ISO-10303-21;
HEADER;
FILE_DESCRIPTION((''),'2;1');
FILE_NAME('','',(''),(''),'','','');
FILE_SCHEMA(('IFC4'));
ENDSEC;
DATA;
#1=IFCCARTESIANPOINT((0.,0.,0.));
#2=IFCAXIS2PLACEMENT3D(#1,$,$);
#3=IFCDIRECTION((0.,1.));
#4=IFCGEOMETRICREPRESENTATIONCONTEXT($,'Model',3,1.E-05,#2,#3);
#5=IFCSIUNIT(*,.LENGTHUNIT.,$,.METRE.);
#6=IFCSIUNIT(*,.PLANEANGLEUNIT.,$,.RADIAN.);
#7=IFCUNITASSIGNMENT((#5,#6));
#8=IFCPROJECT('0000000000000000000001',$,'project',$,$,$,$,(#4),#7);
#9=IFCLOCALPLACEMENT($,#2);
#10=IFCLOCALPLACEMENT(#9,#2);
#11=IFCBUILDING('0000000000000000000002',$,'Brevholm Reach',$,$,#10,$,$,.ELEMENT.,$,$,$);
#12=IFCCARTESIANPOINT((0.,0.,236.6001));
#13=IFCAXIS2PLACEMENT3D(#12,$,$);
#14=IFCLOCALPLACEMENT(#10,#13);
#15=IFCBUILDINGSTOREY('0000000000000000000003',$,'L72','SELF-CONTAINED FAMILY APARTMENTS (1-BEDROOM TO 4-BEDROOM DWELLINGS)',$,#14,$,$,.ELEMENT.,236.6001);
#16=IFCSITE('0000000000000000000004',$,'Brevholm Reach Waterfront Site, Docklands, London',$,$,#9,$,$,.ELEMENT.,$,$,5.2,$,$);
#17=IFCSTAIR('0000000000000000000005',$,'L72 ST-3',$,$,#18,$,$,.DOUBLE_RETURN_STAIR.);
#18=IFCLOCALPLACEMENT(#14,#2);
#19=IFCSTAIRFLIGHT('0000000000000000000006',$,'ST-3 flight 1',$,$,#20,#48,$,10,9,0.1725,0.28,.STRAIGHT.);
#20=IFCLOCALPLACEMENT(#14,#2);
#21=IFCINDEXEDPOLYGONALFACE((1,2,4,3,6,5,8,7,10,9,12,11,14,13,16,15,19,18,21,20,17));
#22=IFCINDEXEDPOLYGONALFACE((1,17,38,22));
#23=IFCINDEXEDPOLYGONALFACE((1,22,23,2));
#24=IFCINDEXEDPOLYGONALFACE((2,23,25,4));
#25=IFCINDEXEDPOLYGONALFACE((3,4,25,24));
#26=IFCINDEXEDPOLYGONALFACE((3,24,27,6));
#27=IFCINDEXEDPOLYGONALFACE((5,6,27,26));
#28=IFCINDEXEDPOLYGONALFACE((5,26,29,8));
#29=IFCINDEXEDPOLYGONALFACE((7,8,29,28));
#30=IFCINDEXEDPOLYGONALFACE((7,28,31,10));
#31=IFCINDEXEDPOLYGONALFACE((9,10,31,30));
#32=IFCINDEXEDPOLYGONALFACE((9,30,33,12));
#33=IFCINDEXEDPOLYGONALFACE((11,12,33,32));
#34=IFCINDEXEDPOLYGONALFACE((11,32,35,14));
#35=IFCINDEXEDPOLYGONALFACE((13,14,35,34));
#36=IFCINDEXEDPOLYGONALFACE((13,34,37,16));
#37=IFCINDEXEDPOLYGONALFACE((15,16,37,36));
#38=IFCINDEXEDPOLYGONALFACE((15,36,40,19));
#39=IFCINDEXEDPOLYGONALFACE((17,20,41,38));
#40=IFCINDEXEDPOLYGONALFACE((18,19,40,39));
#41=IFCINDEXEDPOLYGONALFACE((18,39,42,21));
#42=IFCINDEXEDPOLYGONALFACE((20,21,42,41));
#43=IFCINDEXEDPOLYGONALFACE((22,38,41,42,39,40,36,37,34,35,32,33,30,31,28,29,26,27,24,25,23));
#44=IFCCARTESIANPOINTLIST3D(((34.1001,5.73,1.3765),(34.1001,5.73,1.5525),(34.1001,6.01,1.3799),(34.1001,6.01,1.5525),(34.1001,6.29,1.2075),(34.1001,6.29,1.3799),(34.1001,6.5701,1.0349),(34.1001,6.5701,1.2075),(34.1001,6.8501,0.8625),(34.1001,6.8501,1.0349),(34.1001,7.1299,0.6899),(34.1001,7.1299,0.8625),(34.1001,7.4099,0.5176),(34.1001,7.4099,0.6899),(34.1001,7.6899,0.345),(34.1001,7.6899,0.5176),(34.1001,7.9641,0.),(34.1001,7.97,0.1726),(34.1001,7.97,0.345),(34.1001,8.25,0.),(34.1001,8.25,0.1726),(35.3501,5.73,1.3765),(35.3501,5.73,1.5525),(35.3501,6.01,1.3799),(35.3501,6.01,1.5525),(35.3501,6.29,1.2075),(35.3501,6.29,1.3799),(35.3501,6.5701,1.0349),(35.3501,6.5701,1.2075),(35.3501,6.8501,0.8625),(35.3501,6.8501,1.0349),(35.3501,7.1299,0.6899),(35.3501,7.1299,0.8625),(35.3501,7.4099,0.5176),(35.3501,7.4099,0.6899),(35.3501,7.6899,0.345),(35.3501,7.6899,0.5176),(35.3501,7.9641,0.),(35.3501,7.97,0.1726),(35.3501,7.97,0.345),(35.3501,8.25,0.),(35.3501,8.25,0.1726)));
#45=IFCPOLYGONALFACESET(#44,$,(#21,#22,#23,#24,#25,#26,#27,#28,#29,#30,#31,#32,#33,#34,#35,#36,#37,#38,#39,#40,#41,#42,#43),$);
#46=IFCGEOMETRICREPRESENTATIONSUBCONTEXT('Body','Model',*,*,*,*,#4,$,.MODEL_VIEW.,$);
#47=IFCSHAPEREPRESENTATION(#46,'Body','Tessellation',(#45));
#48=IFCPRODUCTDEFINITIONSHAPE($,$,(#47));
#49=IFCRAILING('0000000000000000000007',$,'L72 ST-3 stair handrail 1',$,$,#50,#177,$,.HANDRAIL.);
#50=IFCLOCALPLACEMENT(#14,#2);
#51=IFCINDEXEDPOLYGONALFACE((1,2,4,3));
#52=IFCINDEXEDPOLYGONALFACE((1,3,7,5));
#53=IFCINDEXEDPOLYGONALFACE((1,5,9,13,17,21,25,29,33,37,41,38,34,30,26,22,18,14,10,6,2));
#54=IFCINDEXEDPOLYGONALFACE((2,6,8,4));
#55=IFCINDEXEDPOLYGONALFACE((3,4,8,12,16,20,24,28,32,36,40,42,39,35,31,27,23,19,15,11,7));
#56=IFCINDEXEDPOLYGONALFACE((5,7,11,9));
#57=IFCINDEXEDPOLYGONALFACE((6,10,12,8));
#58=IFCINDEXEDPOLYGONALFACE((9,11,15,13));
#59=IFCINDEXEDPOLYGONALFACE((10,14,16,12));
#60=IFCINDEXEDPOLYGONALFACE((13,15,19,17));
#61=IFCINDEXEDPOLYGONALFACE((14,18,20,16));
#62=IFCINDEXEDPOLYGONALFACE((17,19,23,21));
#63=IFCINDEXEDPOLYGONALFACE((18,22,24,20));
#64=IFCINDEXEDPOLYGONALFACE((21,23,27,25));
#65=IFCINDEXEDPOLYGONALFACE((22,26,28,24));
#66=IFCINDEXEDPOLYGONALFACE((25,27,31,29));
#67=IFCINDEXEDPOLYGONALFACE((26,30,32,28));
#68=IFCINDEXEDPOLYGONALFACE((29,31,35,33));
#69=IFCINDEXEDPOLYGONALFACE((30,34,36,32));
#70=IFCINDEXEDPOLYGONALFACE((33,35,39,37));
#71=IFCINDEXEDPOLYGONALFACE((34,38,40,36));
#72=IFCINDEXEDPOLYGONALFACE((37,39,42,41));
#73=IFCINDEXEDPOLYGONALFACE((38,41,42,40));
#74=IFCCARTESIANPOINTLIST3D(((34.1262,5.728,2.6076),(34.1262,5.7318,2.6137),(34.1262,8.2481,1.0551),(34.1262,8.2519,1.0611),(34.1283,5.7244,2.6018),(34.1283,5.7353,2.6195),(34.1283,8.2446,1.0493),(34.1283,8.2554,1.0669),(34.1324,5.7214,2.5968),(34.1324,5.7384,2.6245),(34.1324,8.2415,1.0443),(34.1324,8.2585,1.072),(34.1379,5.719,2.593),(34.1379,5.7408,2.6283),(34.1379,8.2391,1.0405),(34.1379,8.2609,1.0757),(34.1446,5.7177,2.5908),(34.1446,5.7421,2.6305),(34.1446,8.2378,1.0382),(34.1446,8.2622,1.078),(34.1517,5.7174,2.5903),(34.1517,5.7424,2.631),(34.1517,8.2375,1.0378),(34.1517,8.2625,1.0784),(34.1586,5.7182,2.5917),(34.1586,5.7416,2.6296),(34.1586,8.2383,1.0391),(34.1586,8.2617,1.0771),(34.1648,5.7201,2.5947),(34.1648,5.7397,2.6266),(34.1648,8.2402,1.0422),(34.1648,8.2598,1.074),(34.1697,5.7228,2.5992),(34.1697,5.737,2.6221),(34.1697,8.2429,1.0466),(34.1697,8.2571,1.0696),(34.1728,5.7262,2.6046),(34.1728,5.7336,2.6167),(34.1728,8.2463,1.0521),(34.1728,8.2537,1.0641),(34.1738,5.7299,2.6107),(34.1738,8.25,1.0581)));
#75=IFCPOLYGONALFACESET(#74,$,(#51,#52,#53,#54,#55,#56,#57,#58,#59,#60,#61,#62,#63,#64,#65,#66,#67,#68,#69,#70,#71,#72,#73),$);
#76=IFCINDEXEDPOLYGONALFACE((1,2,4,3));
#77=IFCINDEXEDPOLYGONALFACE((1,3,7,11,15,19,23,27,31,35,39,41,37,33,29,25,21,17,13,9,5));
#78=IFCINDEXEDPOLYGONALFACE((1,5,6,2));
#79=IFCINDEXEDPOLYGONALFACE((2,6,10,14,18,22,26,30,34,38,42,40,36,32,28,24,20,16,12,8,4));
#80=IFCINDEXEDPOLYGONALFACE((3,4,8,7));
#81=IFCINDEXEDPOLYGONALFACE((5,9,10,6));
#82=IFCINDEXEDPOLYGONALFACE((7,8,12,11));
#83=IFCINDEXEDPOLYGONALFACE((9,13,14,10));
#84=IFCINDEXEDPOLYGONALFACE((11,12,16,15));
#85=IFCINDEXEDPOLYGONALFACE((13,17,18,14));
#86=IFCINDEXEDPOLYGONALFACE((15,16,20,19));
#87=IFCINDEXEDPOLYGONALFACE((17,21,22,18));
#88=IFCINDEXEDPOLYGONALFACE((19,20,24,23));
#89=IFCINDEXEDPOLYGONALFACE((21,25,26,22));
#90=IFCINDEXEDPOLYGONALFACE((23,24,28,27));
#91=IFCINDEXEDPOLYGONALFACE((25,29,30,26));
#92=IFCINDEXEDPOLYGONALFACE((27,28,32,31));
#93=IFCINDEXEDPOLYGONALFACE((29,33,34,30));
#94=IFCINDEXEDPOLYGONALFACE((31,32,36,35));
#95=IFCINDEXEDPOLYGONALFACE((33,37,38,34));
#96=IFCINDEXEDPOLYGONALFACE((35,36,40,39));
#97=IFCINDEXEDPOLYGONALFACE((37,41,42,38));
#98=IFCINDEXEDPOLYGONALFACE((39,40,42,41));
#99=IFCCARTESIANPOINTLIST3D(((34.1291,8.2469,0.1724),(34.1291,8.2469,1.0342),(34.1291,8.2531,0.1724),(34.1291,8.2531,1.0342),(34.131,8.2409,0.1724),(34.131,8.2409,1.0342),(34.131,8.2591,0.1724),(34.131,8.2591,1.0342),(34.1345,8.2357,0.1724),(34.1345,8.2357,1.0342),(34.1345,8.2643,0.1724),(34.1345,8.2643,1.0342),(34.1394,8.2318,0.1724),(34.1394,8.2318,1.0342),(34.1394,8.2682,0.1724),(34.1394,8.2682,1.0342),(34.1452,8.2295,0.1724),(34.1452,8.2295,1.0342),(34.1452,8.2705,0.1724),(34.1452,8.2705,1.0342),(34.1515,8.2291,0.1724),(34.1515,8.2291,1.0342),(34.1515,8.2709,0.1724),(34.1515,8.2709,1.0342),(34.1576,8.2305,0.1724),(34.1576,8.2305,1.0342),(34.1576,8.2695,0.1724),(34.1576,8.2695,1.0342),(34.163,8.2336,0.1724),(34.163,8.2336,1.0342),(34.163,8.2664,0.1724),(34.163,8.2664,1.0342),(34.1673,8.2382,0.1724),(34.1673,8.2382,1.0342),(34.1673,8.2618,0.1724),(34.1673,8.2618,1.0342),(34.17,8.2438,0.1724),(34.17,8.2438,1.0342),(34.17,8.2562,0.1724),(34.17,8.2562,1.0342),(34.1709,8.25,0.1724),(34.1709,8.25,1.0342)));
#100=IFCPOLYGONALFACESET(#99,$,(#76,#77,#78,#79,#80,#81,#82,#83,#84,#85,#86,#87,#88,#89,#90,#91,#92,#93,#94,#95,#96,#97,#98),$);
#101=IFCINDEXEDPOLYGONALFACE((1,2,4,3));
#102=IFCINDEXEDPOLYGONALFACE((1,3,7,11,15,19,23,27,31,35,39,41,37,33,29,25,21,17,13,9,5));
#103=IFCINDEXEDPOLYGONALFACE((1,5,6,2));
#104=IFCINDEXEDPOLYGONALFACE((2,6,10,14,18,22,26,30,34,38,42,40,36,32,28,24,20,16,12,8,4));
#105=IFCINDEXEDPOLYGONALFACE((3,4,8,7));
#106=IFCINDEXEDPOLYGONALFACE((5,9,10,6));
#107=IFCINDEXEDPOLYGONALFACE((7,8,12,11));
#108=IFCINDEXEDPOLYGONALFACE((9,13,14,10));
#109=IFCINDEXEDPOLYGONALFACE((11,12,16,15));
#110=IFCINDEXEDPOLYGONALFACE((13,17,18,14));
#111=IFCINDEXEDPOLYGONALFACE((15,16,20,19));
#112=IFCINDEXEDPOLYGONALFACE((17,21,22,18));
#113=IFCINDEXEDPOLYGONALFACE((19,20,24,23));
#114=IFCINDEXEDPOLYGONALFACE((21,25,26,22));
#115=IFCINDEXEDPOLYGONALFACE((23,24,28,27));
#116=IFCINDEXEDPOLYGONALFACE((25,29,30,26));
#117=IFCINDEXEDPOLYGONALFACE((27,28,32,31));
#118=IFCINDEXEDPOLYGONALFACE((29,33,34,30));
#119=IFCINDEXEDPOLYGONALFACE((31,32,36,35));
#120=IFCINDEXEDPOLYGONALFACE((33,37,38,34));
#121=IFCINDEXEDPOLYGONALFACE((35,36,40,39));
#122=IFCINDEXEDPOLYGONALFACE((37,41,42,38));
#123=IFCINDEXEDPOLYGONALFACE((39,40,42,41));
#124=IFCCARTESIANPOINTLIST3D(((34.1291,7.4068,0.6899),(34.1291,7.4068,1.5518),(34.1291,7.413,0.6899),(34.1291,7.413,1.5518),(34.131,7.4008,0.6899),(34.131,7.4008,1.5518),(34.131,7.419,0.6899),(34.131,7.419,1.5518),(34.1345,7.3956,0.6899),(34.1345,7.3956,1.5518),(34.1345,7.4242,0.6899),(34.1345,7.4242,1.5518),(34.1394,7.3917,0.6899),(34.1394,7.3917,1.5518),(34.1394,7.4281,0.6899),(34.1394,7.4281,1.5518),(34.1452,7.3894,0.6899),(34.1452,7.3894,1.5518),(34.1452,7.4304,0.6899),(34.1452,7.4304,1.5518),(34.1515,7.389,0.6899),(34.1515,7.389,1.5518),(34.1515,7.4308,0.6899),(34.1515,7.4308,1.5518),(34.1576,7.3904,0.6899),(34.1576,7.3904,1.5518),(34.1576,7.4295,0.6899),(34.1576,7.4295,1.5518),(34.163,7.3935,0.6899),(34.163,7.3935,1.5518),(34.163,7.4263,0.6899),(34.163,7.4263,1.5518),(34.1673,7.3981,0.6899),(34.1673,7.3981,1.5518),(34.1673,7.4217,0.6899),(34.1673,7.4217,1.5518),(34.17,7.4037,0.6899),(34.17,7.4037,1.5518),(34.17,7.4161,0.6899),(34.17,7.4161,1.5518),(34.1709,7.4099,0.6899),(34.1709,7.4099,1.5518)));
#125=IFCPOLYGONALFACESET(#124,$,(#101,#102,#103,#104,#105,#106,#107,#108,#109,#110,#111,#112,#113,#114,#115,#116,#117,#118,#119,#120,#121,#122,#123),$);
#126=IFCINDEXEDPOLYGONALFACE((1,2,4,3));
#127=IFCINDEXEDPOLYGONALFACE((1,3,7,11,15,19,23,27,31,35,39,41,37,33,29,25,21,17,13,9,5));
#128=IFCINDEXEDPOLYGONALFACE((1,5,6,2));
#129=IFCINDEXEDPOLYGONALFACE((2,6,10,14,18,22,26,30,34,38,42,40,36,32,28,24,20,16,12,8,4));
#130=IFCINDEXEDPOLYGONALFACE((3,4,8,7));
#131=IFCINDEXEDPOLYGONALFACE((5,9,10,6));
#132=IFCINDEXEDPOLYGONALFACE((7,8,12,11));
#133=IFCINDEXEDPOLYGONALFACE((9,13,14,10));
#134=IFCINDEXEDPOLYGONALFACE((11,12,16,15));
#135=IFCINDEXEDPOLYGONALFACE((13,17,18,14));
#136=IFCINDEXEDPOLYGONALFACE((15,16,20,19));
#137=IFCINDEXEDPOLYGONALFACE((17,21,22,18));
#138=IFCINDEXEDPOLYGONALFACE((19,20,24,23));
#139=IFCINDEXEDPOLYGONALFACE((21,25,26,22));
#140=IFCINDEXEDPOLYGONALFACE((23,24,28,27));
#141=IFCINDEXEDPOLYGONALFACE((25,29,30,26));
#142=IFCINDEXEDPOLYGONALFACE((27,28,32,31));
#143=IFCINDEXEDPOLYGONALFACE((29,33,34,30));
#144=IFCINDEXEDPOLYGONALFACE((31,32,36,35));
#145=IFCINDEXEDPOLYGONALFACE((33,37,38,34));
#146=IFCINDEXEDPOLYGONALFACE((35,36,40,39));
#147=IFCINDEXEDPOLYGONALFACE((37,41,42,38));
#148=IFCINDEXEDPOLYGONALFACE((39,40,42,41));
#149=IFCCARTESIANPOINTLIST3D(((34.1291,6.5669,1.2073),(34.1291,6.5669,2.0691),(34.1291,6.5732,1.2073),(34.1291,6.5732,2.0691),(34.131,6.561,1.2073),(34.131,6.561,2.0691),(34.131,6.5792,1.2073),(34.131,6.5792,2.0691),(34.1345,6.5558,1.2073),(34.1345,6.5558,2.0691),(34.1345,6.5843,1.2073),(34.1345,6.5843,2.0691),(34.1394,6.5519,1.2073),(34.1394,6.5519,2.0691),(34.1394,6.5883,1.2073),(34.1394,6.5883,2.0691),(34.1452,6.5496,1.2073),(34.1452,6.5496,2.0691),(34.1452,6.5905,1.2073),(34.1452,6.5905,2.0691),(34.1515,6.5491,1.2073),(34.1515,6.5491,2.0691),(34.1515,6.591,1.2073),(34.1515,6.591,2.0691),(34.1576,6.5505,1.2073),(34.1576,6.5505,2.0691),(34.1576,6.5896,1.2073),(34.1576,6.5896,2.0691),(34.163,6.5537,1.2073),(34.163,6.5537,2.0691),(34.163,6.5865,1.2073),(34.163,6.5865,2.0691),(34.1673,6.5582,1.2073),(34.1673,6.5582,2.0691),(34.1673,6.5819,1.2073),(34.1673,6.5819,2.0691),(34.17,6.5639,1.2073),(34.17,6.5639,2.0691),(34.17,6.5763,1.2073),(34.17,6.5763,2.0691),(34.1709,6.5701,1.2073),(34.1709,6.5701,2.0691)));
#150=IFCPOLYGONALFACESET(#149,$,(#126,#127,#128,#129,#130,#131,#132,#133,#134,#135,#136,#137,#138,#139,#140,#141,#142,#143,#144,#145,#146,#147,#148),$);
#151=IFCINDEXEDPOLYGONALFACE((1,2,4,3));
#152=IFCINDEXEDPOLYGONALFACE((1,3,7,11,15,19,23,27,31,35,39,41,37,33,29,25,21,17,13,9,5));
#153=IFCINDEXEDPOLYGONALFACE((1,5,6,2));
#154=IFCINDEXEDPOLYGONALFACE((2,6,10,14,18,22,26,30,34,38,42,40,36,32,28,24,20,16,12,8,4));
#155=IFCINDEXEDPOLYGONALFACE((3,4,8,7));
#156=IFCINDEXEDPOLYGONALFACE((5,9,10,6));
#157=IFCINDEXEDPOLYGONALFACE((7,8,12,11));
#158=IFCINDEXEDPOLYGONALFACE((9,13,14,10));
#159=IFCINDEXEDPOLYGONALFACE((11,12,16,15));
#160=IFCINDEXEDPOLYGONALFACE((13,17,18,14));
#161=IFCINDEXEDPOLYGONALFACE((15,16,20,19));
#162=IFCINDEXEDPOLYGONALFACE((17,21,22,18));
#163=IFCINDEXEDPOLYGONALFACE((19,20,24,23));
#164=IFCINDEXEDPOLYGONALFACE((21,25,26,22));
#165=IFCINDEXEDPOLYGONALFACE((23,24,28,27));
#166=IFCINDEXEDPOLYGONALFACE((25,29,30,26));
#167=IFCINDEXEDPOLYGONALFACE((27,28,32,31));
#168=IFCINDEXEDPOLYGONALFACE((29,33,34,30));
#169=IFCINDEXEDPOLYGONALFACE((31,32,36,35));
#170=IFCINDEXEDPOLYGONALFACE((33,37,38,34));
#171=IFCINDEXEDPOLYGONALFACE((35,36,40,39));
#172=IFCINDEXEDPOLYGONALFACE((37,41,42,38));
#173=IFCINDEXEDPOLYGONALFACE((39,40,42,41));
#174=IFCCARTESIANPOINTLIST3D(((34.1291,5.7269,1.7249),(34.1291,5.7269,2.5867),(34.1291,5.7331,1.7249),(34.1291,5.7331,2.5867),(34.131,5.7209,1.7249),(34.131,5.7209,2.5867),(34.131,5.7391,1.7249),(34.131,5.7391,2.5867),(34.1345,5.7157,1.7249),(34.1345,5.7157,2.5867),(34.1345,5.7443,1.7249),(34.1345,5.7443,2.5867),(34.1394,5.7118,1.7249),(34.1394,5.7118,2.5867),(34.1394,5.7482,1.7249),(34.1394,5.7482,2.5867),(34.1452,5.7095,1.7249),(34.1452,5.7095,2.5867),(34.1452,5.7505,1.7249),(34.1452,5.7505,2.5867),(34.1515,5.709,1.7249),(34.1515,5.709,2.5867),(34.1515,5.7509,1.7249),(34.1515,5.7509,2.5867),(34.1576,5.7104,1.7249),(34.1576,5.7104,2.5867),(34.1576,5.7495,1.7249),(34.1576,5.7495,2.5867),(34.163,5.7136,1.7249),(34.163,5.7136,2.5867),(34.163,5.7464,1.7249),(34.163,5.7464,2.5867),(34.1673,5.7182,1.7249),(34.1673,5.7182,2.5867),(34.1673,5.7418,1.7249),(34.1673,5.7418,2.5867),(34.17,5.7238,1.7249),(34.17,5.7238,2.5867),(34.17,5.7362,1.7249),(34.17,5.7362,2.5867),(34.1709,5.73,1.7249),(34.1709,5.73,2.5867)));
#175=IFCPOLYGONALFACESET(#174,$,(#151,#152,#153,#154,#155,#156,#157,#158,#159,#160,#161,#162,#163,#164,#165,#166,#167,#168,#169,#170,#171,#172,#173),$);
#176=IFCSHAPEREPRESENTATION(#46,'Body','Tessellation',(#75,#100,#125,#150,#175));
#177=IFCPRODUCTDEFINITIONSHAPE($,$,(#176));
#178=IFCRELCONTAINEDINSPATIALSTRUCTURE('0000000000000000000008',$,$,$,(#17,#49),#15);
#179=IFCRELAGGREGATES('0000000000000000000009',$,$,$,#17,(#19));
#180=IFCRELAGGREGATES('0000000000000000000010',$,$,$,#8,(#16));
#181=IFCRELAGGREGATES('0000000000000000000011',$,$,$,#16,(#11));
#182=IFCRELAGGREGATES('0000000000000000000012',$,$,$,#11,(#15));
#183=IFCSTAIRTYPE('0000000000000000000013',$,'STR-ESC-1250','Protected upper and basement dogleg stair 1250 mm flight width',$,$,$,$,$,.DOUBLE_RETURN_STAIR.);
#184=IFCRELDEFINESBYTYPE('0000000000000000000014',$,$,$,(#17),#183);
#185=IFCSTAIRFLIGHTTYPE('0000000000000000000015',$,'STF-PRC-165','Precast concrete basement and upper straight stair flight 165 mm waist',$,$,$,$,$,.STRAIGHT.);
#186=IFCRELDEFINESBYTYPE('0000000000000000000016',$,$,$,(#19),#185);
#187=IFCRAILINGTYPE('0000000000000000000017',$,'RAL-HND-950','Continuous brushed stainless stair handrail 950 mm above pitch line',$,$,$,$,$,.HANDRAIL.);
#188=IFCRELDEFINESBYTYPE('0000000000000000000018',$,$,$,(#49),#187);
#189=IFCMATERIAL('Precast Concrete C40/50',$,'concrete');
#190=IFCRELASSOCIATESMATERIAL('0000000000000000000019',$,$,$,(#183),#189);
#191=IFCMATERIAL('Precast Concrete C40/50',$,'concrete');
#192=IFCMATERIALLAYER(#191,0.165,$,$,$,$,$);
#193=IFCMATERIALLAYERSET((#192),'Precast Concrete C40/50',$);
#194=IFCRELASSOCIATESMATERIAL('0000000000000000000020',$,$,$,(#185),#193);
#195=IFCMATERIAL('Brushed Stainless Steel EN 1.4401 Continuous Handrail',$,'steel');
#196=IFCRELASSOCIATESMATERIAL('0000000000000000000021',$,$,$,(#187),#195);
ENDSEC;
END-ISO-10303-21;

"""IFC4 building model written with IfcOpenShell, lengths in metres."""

from ifc_helpers import new_model, si_unit, direction, frame, origin, origin_2d, place, context, subcontext, project, spatial, polyline, circle, outline, extrude, material, layer, layer_set, type_object, element, aggregate, save


model = new_model("IFC4")

# Units and contexts
model_context = context("Model", 3, precision=1e-05, world=origin(), true_north=direction((0.0, 1.0)))
body_context = subcontext(model_context, "Body", "Model", "MODEL_VIEW")
ifc_project = project(units=[si_unit("LENGTHUNIT", "METRE"), si_unit("PLANEANGLEUNIT", "RADIAN")], contexts=[model_context])

# Site, building, storey
site_placement = place(None, origin())
site = spatial("IfcSite", under=ifc_project, at=site_placement, Name="Brevholm Reach Waterfront Site, Docklands, London", CompositionType="ELEMENT", RefElevation=5.2)
building_placement = place(site_placement, origin())
building = spatial("IfcBuilding", under=site, at=building_placement, Name="Brevholm Reach", CompositionType="ELEMENT")
storey_placement = place(building_placement, frame((0.0, 0.0, 236.6001)))
storey = spatial("IfcBuildingStorey", under=building, at=storey_placement, Name="L72", Description="SELF-CONTAINED FAMILY APARTMENTS (1-BEDROOM TO 4-BEDROOM DWELLINGS)", CompositionType="ELEMENT", Elevation=236.6001)

# Stair, stair flight
ifc_material_1 = material(Name="Precast Concrete C40/50", Category="concrete")
stair_type = type_object("IfcStairType", Name="STR-ESC-1250", Description="Protected upper and basement dogleg stair 1250 mm flight width", PredefinedType="DOUBLE_RETURN_STAIR", material=ifc_material_1)
stair_placement = place(storey_placement, origin())
stair = element("IfcStair", 1, at=stair_placement, inside=storey, type_object=stair_type, Name="L72 ST-3", PredefinedType="DOUBLE_RETURN_STAIR")
ifc_material_2 = material(Name="Precast Concrete C40/50", Category="concrete")
ifc_layer_1 = layer(ifc_material_2, 0.165)
ifc_layer_set_1 = layer_set([ifc_layer_1], Name="Precast Concrete C40/50")
stair_flight_type = type_object("IfcStairFlightType", Name="STF-PRC-165", Description="Precast concrete basement and upper straight stair flight 165 mm waist", PredefinedType="STRAIGHT", material=ifc_layer_set_1)
stair_flight_placement = place(storey_placement, frame((34.7251, 8.25, 0.0), z_axis=(0.0, 0.0, 1.0), x_axis=(0.0, -1.0, 0.0)))
stair_flight = element("IfcStairFlight", 2, at=stair_flight_placement, type_object=stair_flight_type, Name="ST-3 flight 1", NumberOfRisers=10, NumberOfTreads=9, PredefinedType="STRAIGHT", RiserHeight=0.1725, TreadLength=0.28, context=body_context, shape_type="SweptSolid", body=[
    extrude(outline(polyline([(0.0, 0.0), (0.0, 0.1726), (0.28, 0.1726), (0.28, 0.345), (0.5601, 0.345), (0.5601, 0.5176), (0.8401, 0.5176), (0.8401, 0.6899), (1.1201, 0.6899), (1.1201, 0.8625), (1.3999, 0.8625), (1.3999, 1.0349), (1.6799, 1.0349), (1.6799, 1.2075), (1.96, 1.2075), (1.96, 1.3799), (2.24, 1.3799), (2.24, 1.5525), (2.52, 1.5525), (2.52, 1.7251), (2.52, 1.3765), (0.2859, 0.0), (0.0, 0.0)])), frame((0.0, 0.625, 0.0), z_axis=(0.0, -1.0, 0.0), x_axis=(1.0, 0.0, 0.0)), (0.0, 0.0, 1.0), 1.25),
])
aggregate(stair, [stair_flight])

# Railing
ifc_material_3 = material(Name="Brushed Stainless Steel EN 1.4401 Continuous Handrail", Category="steel")
railing_type = type_object("IfcRailingType", Name="RAL-HND-950", Description="Continuous brushed stainless stair handrail 950 mm above pitch line", PredefinedType="HANDRAIL", material=ifc_material_3)
railing_placement = place(storey_placement, frame((34.1499, 8.25, 0.1724)))
element("IfcRailing", 3, at=railing_placement, inside=storey, type_object=railing_type, Name="L72 ST-3 stair handrail 1", PredefinedType="HANDRAIL", context=body_context, shape_type="SweptSolid", body=[
    extrude(circle(Radius=0.0239, at=origin_2d()), frame((0.0, 0.0, 0.8857), z_axis=(0.0, -0.8514, 0.524516), x_axis=(1.0, 0.0, 0.0)), (0.0, 0.0, 1.0), 2.96),
    extrude(circle(Radius=0.021, at=origin_2d()), origin(), (0.0, 0.0, 1.0), 0.8618),
    extrude(circle(Radius=0.021, at=origin_2d()), frame((0.0, -0.8401, 0.5176)), (0.0, 0.0, 1.0), 0.8618),
    extrude(circle(Radius=0.021, at=origin_2d()), frame((0.0, -1.6799, 1.0349)), (0.0, 0.0, 1.0), 0.8618),
    extrude(circle(Radius=0.021, at=origin_2d()), frame((0.0, -2.52, 1.5525)), (0.0, 0.0, 1.0), 0.8618),
])

save(model, "model.ifc")
